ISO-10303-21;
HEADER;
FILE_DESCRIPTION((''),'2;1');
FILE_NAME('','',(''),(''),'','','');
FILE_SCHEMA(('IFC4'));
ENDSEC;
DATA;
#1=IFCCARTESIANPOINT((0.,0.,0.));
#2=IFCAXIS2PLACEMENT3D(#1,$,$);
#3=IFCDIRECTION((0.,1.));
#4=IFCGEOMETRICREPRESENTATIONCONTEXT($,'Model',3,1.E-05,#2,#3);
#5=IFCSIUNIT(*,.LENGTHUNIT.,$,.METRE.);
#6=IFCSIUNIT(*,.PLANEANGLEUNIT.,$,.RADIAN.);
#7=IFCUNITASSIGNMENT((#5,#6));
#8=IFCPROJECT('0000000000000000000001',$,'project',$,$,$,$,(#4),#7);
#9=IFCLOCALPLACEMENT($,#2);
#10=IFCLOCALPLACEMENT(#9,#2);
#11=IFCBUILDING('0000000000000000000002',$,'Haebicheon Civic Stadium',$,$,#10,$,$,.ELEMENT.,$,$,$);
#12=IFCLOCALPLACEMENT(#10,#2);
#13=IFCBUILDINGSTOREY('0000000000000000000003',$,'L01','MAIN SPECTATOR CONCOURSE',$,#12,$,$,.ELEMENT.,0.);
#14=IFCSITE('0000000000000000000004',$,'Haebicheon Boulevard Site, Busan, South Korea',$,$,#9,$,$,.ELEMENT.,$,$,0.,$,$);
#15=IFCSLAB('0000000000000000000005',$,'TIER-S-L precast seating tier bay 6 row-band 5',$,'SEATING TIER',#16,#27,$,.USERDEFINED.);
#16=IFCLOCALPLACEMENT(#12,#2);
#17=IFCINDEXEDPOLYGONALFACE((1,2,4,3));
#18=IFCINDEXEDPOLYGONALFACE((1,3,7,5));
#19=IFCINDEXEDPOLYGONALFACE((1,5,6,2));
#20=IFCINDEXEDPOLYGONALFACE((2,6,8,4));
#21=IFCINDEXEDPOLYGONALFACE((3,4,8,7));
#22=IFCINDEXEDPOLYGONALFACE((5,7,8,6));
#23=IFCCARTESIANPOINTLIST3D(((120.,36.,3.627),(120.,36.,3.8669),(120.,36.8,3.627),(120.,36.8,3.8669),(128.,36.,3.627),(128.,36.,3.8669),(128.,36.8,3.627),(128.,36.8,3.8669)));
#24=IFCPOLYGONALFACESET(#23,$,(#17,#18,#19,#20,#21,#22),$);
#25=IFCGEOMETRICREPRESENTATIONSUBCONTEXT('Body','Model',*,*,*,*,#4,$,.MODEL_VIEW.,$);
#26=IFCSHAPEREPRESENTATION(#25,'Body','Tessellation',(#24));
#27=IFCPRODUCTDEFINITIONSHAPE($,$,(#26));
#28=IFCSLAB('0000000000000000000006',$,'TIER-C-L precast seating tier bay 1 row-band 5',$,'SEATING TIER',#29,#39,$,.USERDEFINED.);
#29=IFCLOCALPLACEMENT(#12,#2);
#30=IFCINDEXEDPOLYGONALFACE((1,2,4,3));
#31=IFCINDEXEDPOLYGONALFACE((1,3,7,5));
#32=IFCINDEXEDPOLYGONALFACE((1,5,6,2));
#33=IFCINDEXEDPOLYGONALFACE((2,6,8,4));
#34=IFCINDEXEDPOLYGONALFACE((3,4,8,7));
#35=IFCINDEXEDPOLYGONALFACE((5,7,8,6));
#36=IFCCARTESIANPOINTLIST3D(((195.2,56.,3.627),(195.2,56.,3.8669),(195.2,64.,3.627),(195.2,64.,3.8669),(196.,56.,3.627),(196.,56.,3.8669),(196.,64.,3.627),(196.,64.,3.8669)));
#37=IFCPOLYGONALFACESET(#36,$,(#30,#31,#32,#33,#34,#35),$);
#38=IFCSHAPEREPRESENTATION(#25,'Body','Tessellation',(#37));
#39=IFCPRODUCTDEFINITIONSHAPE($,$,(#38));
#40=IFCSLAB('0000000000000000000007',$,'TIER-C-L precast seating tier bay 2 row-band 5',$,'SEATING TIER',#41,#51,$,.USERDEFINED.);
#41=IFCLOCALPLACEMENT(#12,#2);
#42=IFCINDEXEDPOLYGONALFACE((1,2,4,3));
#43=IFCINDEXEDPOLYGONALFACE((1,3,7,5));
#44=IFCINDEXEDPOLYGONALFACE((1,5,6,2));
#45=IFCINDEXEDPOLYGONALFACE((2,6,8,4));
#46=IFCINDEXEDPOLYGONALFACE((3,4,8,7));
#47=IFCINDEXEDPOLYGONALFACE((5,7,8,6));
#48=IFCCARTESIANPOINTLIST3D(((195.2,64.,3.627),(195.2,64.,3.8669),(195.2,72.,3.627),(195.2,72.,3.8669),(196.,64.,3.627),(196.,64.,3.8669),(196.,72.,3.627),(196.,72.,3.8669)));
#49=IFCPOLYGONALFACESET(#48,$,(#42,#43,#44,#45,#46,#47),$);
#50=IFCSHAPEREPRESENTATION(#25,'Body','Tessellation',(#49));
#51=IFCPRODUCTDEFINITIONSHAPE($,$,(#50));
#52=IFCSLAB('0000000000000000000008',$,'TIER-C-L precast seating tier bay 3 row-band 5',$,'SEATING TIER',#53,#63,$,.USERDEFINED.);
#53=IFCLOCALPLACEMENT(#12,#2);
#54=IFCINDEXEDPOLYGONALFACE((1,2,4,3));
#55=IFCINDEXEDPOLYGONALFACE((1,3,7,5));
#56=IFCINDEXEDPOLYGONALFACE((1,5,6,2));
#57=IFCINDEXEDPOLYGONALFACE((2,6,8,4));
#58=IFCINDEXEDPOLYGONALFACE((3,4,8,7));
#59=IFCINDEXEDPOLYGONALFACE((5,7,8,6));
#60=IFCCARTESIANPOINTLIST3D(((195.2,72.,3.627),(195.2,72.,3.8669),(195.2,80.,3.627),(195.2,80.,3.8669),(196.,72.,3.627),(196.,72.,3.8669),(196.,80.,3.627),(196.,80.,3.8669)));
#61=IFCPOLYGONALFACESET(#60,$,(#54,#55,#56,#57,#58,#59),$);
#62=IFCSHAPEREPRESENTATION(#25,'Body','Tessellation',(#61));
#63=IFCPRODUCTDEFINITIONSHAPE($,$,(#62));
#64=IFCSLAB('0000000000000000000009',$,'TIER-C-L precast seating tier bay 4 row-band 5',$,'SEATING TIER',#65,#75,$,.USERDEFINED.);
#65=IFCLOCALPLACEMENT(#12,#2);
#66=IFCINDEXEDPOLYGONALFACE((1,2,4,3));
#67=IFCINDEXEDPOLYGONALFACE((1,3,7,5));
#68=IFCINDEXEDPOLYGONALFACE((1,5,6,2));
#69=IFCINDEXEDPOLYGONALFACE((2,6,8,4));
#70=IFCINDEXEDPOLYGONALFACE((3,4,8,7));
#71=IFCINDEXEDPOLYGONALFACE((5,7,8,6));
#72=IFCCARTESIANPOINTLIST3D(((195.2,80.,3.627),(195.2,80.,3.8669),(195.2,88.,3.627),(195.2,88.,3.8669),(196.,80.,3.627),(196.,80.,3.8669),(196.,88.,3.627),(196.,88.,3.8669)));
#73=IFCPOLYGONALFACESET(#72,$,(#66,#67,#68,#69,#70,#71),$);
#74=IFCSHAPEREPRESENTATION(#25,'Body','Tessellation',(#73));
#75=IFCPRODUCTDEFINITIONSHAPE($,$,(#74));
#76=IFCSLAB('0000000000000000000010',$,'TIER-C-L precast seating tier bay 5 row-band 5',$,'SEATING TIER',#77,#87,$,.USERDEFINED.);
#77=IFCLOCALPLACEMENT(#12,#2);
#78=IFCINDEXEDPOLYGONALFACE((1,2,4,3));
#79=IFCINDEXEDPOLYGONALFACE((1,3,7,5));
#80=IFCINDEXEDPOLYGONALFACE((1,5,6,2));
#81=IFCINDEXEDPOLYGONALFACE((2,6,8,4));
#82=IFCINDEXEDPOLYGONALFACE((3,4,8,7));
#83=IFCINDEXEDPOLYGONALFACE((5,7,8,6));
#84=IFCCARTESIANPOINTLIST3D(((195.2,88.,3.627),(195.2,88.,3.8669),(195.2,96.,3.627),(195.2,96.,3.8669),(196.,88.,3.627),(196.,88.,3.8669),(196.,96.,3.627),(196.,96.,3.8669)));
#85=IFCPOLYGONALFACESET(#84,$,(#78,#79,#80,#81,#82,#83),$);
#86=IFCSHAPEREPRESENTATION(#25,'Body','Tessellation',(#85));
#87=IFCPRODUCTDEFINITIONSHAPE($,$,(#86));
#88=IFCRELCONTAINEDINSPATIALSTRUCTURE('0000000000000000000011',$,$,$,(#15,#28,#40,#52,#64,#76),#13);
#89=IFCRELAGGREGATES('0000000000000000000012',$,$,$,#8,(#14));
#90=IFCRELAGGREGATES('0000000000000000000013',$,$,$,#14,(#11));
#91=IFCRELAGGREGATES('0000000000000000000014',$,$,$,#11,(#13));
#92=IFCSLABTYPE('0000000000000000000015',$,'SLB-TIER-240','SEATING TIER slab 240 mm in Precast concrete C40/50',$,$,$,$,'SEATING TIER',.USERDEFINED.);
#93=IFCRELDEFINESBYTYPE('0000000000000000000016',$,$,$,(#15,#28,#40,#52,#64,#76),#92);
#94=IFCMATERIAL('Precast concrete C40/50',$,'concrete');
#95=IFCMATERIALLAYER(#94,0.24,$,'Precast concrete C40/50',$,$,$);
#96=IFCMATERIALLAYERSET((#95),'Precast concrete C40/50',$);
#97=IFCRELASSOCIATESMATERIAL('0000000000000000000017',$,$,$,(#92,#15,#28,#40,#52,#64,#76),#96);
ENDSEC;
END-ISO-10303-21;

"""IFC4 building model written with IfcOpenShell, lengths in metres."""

from ifc_helpers import new_model, si_unit, direction, frame, origin, place, context, subcontext, project, spatial, polyline, outline, extrude, material, layer, layer_set, type_object, element, save


model = new_model("IFC4")

# Units and contexts
model_context = context("Model", 3, precision=1e-05, world=origin(), true_north=direction((0.0, 1.0)))
body_context = subcontext(model_context, "Body", "Model", "MODEL_VIEW")
ifc_project = project(units=[si_unit("LENGTHUNIT", "METRE"), si_unit("PLANEANGLEUNIT", "RADIAN")], contexts=[model_context])

# Site, building, storey
site_placement = place(None, origin())
site = spatial("IfcSite", under=ifc_project, at=site_placement, Name="Haebicheon Boulevard Site, Busan, South Korea", CompositionType="ELEMENT", RefElevation=0.0)
building_placement = place(site_placement, origin())
building = spatial("IfcBuilding", under=site, at=building_placement, Name="Haebicheon Civic Stadium", CompositionType="ELEMENT")
storey_placement = place(building_placement, origin())
storey = spatial("IfcBuildingStorey", under=building, at=storey_placement, Name="L01", Description="MAIN SPECTATOR CONCOURSE", CompositionType="ELEMENT", Elevation=0.0)

# Slabs
ifc_material = material(Name="Precast concrete C40/50", Category="concrete")
ifc_layer = layer(ifc_material, 0.24, Name="Precast concrete C40/50")
ifc_layer_set = layer_set([ifc_layer], Name="Precast concrete C40/50")
slab_type = type_object("IfcSlabType", Name="SLB-TIER-240", Description="SEATING TIER slab 240 mm in Precast concrete C40/50", ElementType="SEATING TIER", PredefinedType="USERDEFINED", material=ifc_layer_set)
slab_1_placement = place(storey_placement, frame((0.0, 0.0, 3.627)))
element("IfcSlab", 1, at=slab_1_placement, inside=storey, type_object=slab_type, material=ifc_layer_set, Name="TIER-S-L precast seating tier bay 6 row-band 5", ObjectType="SEATING TIER", PredefinedType="USERDEFINED", context=body_context, shape_type="SweptSolid", body=[
    extrude(outline(polyline([(120.0, 36.0), (128.0, 36.0), (128.0, 36.8), (120.0, 36.8), (120.0, 36.0)])), origin(), (0.0, 0.0, 1.0), 0.24),
])
slab_2_placement = place(storey_placement, frame((0.0, 0.0, 3.627)))
element("IfcSlab", 2, at=slab_2_placement, inside=storey, type_object=slab_type, material=ifc_layer_set, Name="TIER-C-L precast seating tier bay 1 row-band 5", ObjectType="SEATING TIER", PredefinedType="USERDEFINED", context=body_context, shape_type="SweptSolid", body=[
    extrude(outline(polyline([(195.2, 56.0), (196.0, 56.0), (196.0, 64.0), (195.2, 64.0), (195.2, 56.0)])), origin(), (0.0, 0.0, 1.0), 0.24),
])
slab_3_placement = place(storey_placement, frame((0.0, 0.0, 3.627)))
element("IfcSlab", 3, at=slab_3_placement, inside=storey, type_object=slab_type, material=ifc_layer_set, Name="TIER-C-L precast seating tier bay 2 row-band 5", ObjectType="SEATING TIER", PredefinedType="USERDEFINED", context=body_context, shape_type="SweptSolid", body=[
    extrude(outline(polyline([(195.2, 64.0), (196.0, 64.0), (196.0, 72.0), (195.2, 72.0), (195.2, 64.0)])), origin(), (0.0, 0.0, 1.0), 0.24),
])
slab_4_placement = place(storey_placement, frame((0.0, 0.0, 3.627)))
element("IfcSlab", 4, at=slab_4_placement, inside=storey, type_object=slab_type, material=ifc_layer_set, Name="TIER-C-L precast seating tier bay 3 row-band 5", ObjectType="SEATING TIER", PredefinedType="USERDEFINED", context=body_context, shape_type="SweptSolid", body=[
    extrude(outline(polyline([(195.2, 72.0), (196.0, 72.0), (196.0, 80.0), (195.2, 80.0), (195.2, 72.0)])), origin(), (0.0, 0.0, 1.0), 0.24),
])
slab_5_placement = place(storey_placement, frame((0.0, 0.0, 3.627)))
element("IfcSlab", 5, at=slab_5_placement, inside=storey, type_object=slab_type, material=ifc_layer_set, Name="TIER-C-L precast seating tier bay 4 row-band 5", ObjectType="SEATING TIER", PredefinedType="USERDEFINED", context=body_context, shape_type="SweptSolid", body=[
    extrude(outline(polyline([(195.2, 80.0), (196.0, 80.0), (196.0, 88.0), (195.2, 88.0), (195.2, 80.0)])), origin(), (0.0, 0.0, 1.0), 0.24),
])
slab_6_placement = place(storey_placement, frame((0.0, 0.0, 3.627)))
element("IfcSlab", 6, at=slab_6_placement, inside=storey, type_object=slab_type, material=ifc_layer_set, Name="TIER-C-L precast seating tier bay 5 row-band 5", ObjectType="SEATING TIER", PredefinedType="USERDEFINED", context=body_context, shape_type="SweptSolid", body=[
    extrude(outline(polyline([(195.2, 88.0), (196.0, 88.0), (196.0, 96.0), (195.2, 96.0), (195.2, 88.0)])), origin(), (0.0, 0.0, 1.0), 0.24),
])

save(model, "model.ifc")
